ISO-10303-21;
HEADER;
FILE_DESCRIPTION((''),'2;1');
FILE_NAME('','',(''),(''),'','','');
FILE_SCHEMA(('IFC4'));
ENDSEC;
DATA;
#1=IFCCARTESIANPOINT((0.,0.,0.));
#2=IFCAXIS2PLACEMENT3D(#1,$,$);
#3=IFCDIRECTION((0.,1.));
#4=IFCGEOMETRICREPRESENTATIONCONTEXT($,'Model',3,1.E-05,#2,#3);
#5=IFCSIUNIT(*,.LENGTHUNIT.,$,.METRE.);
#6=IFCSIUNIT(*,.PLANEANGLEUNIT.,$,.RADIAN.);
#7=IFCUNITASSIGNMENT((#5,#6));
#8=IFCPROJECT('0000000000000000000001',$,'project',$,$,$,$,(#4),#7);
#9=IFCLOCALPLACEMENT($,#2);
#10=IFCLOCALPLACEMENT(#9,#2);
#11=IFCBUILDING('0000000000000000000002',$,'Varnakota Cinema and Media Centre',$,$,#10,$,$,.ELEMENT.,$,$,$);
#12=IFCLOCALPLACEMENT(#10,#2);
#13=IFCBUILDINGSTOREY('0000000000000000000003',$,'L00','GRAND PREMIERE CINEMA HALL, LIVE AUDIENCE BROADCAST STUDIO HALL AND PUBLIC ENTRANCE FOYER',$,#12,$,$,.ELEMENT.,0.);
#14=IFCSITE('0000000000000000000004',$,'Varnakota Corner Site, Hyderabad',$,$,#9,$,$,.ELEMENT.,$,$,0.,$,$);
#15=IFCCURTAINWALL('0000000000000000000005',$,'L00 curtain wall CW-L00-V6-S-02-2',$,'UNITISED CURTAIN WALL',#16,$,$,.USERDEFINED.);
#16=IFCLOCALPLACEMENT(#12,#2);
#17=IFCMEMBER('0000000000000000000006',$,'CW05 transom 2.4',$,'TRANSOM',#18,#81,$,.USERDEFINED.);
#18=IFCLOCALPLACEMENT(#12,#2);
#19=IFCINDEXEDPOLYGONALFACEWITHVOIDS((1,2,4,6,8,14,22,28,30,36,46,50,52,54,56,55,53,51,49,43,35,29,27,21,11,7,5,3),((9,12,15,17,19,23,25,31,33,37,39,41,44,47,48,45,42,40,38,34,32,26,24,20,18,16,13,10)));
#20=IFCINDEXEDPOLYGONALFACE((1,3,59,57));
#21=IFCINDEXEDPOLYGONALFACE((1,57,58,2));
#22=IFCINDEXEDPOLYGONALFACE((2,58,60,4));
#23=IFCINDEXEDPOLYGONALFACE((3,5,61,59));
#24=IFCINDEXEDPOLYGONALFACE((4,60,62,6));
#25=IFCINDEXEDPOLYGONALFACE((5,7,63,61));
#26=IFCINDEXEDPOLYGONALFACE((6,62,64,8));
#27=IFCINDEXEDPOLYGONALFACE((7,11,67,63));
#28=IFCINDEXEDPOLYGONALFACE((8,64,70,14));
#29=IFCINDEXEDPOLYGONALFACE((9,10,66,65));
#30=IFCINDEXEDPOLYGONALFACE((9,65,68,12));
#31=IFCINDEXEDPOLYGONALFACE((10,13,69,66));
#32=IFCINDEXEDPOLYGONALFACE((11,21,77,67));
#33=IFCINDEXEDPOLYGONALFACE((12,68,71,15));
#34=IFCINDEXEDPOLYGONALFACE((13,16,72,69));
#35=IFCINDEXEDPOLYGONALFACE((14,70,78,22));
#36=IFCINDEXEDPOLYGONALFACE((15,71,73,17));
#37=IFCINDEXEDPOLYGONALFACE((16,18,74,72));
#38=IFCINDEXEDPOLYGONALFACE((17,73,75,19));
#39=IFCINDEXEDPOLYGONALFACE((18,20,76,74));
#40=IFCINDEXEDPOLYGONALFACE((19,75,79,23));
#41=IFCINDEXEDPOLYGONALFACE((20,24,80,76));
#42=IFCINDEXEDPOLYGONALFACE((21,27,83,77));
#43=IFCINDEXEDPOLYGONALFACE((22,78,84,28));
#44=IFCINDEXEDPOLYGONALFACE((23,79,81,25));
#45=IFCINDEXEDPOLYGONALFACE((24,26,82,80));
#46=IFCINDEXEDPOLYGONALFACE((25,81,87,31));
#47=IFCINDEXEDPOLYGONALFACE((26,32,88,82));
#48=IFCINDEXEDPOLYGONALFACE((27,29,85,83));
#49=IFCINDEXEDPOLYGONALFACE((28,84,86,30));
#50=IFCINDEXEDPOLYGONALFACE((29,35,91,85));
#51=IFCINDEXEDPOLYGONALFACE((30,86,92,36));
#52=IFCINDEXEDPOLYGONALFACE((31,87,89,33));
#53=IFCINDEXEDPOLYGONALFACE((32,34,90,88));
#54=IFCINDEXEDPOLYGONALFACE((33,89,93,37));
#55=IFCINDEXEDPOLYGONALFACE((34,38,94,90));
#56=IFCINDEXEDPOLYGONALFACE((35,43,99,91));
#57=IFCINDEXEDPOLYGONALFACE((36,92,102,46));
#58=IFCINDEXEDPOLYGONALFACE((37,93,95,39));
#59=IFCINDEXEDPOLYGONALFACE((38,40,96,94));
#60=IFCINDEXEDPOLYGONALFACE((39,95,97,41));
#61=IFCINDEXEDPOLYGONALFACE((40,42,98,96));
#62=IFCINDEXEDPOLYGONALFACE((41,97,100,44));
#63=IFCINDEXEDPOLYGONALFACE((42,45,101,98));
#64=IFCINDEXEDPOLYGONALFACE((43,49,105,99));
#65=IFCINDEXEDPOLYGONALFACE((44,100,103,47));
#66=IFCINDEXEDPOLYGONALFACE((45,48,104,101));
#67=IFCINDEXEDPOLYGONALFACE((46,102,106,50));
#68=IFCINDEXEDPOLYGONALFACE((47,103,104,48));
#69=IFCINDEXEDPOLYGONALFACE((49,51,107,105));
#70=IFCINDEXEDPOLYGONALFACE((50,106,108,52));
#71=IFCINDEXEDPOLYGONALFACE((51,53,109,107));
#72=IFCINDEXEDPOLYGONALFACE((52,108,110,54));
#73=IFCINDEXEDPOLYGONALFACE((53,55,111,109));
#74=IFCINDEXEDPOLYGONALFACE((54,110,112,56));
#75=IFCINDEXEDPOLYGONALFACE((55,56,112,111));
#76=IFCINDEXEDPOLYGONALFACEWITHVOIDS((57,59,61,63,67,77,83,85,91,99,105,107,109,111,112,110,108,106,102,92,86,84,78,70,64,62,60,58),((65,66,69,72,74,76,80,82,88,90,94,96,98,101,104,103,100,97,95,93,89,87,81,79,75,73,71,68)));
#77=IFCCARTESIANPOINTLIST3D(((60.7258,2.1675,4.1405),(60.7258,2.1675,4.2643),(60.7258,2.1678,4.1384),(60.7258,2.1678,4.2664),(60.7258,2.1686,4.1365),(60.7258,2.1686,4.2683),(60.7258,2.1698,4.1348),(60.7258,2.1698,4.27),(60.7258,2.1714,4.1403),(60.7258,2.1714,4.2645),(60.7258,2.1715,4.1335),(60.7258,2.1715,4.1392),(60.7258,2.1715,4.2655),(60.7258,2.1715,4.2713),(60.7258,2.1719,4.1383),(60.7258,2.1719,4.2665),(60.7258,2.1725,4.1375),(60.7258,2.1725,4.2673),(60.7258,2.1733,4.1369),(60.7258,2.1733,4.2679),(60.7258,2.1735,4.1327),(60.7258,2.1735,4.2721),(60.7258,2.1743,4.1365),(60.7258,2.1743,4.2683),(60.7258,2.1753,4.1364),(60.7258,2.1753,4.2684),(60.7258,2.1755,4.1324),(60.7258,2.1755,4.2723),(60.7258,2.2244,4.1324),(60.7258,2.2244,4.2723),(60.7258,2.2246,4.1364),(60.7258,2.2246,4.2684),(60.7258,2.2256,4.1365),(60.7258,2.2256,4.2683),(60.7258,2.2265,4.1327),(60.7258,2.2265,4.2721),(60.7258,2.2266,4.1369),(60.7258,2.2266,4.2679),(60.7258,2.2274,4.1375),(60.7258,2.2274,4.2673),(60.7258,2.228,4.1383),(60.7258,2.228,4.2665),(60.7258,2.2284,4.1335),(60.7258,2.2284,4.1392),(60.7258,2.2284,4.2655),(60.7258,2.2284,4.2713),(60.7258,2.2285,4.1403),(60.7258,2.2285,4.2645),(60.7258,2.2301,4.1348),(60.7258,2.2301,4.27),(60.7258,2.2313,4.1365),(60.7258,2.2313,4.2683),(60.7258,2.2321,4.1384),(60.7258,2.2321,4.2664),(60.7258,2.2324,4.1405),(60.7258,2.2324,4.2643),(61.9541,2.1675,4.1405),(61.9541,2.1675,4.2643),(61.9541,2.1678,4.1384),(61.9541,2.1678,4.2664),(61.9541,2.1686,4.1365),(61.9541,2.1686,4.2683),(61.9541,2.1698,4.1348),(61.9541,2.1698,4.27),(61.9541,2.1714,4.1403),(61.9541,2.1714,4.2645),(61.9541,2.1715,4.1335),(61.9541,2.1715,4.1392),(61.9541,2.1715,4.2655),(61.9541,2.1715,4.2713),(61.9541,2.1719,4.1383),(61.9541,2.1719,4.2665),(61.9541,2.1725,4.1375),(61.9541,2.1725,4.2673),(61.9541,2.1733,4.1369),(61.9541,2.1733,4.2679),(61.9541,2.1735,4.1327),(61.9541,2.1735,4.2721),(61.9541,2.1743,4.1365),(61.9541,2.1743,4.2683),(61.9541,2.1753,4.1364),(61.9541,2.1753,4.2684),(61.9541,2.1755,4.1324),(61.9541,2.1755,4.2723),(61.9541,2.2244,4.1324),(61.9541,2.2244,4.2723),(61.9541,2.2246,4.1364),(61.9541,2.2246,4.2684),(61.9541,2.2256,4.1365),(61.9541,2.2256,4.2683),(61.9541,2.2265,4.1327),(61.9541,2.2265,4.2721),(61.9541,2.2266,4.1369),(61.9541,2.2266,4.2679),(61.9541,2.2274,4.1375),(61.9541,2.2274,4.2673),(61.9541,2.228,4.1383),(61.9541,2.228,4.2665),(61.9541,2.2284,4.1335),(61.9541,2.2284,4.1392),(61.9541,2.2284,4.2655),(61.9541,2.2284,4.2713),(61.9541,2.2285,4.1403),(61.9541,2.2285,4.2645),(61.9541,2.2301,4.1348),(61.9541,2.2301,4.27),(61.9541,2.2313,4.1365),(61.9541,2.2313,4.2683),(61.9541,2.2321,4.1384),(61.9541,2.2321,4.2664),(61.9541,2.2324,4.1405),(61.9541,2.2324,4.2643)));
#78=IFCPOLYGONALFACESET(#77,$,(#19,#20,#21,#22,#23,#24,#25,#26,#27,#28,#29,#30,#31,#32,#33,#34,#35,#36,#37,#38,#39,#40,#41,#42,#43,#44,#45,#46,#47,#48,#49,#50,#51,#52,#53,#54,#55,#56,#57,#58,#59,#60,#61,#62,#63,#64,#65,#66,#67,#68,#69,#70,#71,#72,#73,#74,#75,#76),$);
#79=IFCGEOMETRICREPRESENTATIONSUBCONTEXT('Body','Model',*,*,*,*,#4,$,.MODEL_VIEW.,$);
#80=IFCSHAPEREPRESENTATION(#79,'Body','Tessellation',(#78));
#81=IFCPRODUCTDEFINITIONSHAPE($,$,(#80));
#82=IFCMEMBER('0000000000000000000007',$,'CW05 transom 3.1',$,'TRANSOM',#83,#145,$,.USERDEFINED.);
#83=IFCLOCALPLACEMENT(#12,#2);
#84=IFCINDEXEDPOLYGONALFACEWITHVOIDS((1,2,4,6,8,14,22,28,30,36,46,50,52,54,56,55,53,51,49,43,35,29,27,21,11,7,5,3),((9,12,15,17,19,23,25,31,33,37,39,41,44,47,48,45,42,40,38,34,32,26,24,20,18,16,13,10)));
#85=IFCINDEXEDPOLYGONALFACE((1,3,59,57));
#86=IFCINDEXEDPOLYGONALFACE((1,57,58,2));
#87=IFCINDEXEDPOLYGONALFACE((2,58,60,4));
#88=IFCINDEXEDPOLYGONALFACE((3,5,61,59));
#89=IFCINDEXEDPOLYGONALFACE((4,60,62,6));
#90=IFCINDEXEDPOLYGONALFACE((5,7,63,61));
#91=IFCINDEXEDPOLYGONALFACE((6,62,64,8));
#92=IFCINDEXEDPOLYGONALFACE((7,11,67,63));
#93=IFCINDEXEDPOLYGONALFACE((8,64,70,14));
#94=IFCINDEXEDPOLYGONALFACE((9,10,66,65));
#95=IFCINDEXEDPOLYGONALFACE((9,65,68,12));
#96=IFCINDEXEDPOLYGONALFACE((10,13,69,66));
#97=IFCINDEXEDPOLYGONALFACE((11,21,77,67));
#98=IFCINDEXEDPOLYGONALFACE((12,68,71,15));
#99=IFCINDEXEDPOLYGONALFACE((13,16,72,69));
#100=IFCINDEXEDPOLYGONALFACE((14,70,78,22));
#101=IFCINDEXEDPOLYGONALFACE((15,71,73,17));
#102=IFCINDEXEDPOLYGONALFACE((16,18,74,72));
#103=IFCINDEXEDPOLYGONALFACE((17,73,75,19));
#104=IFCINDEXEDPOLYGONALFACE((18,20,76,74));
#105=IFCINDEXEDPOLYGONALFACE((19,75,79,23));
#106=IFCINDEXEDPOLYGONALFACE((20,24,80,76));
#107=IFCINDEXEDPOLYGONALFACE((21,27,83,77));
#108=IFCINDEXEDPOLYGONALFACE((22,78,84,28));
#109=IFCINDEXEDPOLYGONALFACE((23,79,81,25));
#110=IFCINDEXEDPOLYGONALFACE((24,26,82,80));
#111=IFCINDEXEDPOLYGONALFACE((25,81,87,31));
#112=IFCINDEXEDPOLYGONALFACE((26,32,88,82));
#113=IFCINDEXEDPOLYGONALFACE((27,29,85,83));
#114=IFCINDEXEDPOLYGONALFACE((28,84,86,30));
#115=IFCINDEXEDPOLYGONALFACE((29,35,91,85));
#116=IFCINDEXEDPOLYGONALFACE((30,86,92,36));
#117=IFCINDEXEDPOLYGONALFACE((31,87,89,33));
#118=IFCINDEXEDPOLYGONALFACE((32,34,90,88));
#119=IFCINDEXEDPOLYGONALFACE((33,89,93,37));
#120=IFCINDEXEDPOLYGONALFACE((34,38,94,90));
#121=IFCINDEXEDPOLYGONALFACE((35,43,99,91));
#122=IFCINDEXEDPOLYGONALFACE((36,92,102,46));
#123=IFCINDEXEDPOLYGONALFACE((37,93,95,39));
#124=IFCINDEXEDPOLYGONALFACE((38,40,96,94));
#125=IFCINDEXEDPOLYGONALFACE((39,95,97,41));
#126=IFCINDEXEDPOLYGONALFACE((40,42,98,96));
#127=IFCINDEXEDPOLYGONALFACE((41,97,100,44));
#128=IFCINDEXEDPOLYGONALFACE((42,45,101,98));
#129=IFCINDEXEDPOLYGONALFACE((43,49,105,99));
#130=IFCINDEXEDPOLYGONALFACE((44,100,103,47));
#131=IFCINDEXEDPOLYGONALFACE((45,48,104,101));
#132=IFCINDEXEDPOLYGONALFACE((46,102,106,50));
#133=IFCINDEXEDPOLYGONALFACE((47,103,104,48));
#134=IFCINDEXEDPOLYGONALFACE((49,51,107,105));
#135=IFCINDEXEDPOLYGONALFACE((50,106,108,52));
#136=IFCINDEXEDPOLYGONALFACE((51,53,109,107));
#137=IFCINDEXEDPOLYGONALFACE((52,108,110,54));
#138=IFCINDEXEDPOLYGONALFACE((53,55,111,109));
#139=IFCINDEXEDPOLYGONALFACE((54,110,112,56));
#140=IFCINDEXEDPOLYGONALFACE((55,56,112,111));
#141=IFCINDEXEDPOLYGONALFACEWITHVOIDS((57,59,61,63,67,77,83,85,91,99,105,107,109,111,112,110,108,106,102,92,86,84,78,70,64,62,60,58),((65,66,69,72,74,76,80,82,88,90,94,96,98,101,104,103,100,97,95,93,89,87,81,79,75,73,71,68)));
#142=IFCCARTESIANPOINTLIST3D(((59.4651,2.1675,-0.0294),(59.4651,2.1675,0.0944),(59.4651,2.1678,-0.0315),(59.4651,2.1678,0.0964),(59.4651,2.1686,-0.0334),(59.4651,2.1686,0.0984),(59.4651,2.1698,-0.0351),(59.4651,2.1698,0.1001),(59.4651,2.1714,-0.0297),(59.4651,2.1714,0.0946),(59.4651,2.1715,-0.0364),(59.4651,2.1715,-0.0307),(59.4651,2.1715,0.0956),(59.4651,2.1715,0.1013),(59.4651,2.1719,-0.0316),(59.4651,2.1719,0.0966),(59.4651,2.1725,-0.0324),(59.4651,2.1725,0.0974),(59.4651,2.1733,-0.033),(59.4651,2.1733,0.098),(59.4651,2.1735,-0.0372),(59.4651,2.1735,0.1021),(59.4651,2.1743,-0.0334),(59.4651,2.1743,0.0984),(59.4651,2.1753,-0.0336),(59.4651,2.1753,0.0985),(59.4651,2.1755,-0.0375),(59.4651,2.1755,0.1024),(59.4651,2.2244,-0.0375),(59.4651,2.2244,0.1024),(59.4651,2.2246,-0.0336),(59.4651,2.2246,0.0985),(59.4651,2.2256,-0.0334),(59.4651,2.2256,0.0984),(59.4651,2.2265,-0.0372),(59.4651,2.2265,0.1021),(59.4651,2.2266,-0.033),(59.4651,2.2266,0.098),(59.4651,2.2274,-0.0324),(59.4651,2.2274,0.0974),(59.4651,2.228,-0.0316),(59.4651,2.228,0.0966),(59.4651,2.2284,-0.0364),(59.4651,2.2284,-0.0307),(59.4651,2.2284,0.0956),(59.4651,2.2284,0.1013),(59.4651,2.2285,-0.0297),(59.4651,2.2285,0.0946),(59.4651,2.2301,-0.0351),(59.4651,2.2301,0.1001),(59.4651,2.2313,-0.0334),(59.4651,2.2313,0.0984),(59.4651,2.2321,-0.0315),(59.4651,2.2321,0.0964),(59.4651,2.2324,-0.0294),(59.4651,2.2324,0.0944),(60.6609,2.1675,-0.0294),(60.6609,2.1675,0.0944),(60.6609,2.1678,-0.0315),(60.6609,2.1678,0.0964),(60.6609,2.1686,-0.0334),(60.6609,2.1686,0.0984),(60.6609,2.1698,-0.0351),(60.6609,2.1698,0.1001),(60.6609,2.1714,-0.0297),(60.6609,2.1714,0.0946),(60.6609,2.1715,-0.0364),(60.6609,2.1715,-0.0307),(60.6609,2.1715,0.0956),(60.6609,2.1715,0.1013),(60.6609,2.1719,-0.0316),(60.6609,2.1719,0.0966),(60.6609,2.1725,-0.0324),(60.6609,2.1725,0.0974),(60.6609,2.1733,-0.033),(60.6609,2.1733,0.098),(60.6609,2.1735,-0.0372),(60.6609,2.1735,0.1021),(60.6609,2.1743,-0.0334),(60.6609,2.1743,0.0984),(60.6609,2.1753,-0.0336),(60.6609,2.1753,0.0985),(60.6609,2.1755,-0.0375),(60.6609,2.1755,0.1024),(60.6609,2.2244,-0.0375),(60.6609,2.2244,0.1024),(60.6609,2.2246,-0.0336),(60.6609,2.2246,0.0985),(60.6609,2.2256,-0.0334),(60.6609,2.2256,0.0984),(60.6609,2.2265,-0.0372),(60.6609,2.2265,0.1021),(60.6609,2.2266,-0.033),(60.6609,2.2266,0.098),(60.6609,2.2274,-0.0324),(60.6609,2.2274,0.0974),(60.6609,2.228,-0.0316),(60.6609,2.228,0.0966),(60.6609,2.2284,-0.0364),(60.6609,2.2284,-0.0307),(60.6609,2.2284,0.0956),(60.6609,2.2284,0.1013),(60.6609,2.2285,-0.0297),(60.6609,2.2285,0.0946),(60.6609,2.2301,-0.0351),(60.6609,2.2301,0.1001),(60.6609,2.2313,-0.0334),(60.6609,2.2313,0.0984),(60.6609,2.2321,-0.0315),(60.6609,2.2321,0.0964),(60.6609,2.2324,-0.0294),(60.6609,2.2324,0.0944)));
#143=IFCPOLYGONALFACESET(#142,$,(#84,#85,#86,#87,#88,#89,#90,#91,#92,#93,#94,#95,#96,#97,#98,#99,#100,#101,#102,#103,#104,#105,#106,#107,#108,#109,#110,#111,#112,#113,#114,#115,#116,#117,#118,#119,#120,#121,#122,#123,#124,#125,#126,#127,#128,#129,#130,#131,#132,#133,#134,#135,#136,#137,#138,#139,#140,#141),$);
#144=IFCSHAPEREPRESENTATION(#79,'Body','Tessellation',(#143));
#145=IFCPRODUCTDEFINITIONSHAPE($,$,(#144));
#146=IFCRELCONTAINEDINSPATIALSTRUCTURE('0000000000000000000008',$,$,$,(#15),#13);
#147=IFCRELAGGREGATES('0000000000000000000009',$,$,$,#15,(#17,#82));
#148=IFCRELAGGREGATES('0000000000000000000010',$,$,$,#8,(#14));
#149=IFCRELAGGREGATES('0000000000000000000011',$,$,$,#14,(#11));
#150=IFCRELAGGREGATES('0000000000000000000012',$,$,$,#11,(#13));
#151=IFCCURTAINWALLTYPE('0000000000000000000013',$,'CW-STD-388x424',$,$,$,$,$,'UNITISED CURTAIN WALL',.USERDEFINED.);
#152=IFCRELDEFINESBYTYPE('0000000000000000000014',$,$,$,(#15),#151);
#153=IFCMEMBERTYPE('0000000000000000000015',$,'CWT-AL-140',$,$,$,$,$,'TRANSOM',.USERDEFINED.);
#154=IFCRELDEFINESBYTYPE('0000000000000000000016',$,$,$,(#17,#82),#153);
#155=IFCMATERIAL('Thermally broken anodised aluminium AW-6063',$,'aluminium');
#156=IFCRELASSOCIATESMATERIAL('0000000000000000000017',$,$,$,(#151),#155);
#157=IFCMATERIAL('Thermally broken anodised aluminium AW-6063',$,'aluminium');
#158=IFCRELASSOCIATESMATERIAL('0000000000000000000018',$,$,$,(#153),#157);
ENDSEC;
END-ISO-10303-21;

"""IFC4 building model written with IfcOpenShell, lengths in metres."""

from ifc_helpers import new_model, si_unit, direction, frame, origin, origin_2d, place, context, subcontext, project, spatial, hollow_rectangle, extrude, material, material_profile, profile_set, type_object, element, aggregate, save


model = new_model("IFC4")

# Units and contexts
model_context = context("Model", 3, precision=1e-05, world=origin(), true_north=direction((0.0, 1.0)))
body_context = subcontext(model_context, "Body", "Model", "MODEL_VIEW")
ifc_project = project(units=[si_unit("LENGTHUNIT", "METRE"), si_unit("PLANEANGLEUNIT", "RADIAN")], contexts=[model_context])

# Site, building, storey
site_placement = place(None, origin())
site = spatial("IfcSite", under=ifc_project, at=site_placement, Name="Varnakota Corner Site, Hyderabad", CompositionType="ELEMENT", RefElevation=0.0)
building_placement = place(site_placement, origin())
building = spatial("IfcBuilding", under=site, at=building_placement, Name="Varnakota Cinema and Media Centre", CompositionType="ELEMENT")
storey_placement = place(building_placement, origin())
storey = spatial("IfcBuildingStorey", under=building, at=storey_placement, Name="L00", Description="GRAND PREMIERE CINEMA HALL, LIVE AUDIENCE BROADCAST STUDIO HALL AND PUBLIC ENTRANCE FOYER", CompositionType="ELEMENT", Elevation=0.0)

# Curtain wall, members
ifc_material_1 = material(Name="Thermally broken anodised aluminium AW-6063", Category="aluminium")
curtain_wall_type = type_object("IfcCurtainWallType", Name="CW-STD-388x424", ElementType="UNITISED CURTAIN WALL", PredefinedType="USERDEFINED", material=ifc_material_1)
curtain_wall_placement = place(storey_placement, origin())
curtain_wall = element("IfcCurtainWall", 1, at=curtain_wall_placement, inside=storey, type_object=curtain_wall_type, Name="L00 curtain wall CW-L00-V6-S-02-2", ObjectType="UNITISED CURTAIN WALL", PredefinedType="USERDEFINED")
ifc_material_2 = material(Name="Thermally broken anodised aluminium AW-6063", Category="aluminium")
ifc_material_profile_1 = material_profile(ifc_material_2, hollow_rectangle(XDim=0.0649, YDim=0.1399, WallThickness=0.0039, InnerFilletRadius=0.0039, OuterFilletRadius=0.0081, at=origin_2d()), Name="AL-TRANSOM 140x65x4")
ifc_profile_set_1 = profile_set([ifc_material_profile_1], Name="Thermally broken anodised aluminium AW-6063")
member_type_1 = type_object("IfcMemberType", Name="CWT-AL-140", ElementType="TRANSOM", PredefinedType="USERDEFINED", material=ifc_profile_set_1)
member_1_placement = place(storey_placement, frame((61.9541, 2.2, 4.2024), z_axis=(-1.0, 0.0, 0.0), x_axis=(0.0, -1.0, 0.0)))
member_1 = element("IfcMember", 2, at=member_1_placement, type_object=member_type_1, Name="CW05 transom 2.4", ObjectType="TRANSOM", PredefinedType="USERDEFINED", context=body_context, shape_type="SweptSolid", body=[
    extrude(hollow_rectangle(XDim=0.0649, YDim=0.1399, WallThickness=0.0039, InnerFilletRadius=0.0039, OuterFilletRadius=0.0081, at=origin_2d()), origin(), (0.0, 0.0, 1.0), 1.2283),
])
member_2_placement = place(storey_placement, frame((60.6609, 2.2, 0.0325), z_axis=(-1.0, 0.0, 0.0), x_axis=(0.0, -1.0, 0.0)))
member_2 = element("IfcMember", 3, at=member_2_placement, type_object=member_type_1, Name="CW05 transom 3.1", ObjectType="TRANSOM", PredefinedType="USERDEFINED", context=body_context, shape_type="SweptSolid", body=[
    extrude(hollow_rectangle(XDim=0.0649, YDim=0.1399, WallThickness=0.0039, InnerFilletRadius=0.0039, OuterFilletRadius=0.0081, at=origin_2d()), origin(), (0.0, 0.0, 1.0), 1.1958),
])
aggregate(curtain_wall, [member_1, member_2])

save(model, "model.ifc")
